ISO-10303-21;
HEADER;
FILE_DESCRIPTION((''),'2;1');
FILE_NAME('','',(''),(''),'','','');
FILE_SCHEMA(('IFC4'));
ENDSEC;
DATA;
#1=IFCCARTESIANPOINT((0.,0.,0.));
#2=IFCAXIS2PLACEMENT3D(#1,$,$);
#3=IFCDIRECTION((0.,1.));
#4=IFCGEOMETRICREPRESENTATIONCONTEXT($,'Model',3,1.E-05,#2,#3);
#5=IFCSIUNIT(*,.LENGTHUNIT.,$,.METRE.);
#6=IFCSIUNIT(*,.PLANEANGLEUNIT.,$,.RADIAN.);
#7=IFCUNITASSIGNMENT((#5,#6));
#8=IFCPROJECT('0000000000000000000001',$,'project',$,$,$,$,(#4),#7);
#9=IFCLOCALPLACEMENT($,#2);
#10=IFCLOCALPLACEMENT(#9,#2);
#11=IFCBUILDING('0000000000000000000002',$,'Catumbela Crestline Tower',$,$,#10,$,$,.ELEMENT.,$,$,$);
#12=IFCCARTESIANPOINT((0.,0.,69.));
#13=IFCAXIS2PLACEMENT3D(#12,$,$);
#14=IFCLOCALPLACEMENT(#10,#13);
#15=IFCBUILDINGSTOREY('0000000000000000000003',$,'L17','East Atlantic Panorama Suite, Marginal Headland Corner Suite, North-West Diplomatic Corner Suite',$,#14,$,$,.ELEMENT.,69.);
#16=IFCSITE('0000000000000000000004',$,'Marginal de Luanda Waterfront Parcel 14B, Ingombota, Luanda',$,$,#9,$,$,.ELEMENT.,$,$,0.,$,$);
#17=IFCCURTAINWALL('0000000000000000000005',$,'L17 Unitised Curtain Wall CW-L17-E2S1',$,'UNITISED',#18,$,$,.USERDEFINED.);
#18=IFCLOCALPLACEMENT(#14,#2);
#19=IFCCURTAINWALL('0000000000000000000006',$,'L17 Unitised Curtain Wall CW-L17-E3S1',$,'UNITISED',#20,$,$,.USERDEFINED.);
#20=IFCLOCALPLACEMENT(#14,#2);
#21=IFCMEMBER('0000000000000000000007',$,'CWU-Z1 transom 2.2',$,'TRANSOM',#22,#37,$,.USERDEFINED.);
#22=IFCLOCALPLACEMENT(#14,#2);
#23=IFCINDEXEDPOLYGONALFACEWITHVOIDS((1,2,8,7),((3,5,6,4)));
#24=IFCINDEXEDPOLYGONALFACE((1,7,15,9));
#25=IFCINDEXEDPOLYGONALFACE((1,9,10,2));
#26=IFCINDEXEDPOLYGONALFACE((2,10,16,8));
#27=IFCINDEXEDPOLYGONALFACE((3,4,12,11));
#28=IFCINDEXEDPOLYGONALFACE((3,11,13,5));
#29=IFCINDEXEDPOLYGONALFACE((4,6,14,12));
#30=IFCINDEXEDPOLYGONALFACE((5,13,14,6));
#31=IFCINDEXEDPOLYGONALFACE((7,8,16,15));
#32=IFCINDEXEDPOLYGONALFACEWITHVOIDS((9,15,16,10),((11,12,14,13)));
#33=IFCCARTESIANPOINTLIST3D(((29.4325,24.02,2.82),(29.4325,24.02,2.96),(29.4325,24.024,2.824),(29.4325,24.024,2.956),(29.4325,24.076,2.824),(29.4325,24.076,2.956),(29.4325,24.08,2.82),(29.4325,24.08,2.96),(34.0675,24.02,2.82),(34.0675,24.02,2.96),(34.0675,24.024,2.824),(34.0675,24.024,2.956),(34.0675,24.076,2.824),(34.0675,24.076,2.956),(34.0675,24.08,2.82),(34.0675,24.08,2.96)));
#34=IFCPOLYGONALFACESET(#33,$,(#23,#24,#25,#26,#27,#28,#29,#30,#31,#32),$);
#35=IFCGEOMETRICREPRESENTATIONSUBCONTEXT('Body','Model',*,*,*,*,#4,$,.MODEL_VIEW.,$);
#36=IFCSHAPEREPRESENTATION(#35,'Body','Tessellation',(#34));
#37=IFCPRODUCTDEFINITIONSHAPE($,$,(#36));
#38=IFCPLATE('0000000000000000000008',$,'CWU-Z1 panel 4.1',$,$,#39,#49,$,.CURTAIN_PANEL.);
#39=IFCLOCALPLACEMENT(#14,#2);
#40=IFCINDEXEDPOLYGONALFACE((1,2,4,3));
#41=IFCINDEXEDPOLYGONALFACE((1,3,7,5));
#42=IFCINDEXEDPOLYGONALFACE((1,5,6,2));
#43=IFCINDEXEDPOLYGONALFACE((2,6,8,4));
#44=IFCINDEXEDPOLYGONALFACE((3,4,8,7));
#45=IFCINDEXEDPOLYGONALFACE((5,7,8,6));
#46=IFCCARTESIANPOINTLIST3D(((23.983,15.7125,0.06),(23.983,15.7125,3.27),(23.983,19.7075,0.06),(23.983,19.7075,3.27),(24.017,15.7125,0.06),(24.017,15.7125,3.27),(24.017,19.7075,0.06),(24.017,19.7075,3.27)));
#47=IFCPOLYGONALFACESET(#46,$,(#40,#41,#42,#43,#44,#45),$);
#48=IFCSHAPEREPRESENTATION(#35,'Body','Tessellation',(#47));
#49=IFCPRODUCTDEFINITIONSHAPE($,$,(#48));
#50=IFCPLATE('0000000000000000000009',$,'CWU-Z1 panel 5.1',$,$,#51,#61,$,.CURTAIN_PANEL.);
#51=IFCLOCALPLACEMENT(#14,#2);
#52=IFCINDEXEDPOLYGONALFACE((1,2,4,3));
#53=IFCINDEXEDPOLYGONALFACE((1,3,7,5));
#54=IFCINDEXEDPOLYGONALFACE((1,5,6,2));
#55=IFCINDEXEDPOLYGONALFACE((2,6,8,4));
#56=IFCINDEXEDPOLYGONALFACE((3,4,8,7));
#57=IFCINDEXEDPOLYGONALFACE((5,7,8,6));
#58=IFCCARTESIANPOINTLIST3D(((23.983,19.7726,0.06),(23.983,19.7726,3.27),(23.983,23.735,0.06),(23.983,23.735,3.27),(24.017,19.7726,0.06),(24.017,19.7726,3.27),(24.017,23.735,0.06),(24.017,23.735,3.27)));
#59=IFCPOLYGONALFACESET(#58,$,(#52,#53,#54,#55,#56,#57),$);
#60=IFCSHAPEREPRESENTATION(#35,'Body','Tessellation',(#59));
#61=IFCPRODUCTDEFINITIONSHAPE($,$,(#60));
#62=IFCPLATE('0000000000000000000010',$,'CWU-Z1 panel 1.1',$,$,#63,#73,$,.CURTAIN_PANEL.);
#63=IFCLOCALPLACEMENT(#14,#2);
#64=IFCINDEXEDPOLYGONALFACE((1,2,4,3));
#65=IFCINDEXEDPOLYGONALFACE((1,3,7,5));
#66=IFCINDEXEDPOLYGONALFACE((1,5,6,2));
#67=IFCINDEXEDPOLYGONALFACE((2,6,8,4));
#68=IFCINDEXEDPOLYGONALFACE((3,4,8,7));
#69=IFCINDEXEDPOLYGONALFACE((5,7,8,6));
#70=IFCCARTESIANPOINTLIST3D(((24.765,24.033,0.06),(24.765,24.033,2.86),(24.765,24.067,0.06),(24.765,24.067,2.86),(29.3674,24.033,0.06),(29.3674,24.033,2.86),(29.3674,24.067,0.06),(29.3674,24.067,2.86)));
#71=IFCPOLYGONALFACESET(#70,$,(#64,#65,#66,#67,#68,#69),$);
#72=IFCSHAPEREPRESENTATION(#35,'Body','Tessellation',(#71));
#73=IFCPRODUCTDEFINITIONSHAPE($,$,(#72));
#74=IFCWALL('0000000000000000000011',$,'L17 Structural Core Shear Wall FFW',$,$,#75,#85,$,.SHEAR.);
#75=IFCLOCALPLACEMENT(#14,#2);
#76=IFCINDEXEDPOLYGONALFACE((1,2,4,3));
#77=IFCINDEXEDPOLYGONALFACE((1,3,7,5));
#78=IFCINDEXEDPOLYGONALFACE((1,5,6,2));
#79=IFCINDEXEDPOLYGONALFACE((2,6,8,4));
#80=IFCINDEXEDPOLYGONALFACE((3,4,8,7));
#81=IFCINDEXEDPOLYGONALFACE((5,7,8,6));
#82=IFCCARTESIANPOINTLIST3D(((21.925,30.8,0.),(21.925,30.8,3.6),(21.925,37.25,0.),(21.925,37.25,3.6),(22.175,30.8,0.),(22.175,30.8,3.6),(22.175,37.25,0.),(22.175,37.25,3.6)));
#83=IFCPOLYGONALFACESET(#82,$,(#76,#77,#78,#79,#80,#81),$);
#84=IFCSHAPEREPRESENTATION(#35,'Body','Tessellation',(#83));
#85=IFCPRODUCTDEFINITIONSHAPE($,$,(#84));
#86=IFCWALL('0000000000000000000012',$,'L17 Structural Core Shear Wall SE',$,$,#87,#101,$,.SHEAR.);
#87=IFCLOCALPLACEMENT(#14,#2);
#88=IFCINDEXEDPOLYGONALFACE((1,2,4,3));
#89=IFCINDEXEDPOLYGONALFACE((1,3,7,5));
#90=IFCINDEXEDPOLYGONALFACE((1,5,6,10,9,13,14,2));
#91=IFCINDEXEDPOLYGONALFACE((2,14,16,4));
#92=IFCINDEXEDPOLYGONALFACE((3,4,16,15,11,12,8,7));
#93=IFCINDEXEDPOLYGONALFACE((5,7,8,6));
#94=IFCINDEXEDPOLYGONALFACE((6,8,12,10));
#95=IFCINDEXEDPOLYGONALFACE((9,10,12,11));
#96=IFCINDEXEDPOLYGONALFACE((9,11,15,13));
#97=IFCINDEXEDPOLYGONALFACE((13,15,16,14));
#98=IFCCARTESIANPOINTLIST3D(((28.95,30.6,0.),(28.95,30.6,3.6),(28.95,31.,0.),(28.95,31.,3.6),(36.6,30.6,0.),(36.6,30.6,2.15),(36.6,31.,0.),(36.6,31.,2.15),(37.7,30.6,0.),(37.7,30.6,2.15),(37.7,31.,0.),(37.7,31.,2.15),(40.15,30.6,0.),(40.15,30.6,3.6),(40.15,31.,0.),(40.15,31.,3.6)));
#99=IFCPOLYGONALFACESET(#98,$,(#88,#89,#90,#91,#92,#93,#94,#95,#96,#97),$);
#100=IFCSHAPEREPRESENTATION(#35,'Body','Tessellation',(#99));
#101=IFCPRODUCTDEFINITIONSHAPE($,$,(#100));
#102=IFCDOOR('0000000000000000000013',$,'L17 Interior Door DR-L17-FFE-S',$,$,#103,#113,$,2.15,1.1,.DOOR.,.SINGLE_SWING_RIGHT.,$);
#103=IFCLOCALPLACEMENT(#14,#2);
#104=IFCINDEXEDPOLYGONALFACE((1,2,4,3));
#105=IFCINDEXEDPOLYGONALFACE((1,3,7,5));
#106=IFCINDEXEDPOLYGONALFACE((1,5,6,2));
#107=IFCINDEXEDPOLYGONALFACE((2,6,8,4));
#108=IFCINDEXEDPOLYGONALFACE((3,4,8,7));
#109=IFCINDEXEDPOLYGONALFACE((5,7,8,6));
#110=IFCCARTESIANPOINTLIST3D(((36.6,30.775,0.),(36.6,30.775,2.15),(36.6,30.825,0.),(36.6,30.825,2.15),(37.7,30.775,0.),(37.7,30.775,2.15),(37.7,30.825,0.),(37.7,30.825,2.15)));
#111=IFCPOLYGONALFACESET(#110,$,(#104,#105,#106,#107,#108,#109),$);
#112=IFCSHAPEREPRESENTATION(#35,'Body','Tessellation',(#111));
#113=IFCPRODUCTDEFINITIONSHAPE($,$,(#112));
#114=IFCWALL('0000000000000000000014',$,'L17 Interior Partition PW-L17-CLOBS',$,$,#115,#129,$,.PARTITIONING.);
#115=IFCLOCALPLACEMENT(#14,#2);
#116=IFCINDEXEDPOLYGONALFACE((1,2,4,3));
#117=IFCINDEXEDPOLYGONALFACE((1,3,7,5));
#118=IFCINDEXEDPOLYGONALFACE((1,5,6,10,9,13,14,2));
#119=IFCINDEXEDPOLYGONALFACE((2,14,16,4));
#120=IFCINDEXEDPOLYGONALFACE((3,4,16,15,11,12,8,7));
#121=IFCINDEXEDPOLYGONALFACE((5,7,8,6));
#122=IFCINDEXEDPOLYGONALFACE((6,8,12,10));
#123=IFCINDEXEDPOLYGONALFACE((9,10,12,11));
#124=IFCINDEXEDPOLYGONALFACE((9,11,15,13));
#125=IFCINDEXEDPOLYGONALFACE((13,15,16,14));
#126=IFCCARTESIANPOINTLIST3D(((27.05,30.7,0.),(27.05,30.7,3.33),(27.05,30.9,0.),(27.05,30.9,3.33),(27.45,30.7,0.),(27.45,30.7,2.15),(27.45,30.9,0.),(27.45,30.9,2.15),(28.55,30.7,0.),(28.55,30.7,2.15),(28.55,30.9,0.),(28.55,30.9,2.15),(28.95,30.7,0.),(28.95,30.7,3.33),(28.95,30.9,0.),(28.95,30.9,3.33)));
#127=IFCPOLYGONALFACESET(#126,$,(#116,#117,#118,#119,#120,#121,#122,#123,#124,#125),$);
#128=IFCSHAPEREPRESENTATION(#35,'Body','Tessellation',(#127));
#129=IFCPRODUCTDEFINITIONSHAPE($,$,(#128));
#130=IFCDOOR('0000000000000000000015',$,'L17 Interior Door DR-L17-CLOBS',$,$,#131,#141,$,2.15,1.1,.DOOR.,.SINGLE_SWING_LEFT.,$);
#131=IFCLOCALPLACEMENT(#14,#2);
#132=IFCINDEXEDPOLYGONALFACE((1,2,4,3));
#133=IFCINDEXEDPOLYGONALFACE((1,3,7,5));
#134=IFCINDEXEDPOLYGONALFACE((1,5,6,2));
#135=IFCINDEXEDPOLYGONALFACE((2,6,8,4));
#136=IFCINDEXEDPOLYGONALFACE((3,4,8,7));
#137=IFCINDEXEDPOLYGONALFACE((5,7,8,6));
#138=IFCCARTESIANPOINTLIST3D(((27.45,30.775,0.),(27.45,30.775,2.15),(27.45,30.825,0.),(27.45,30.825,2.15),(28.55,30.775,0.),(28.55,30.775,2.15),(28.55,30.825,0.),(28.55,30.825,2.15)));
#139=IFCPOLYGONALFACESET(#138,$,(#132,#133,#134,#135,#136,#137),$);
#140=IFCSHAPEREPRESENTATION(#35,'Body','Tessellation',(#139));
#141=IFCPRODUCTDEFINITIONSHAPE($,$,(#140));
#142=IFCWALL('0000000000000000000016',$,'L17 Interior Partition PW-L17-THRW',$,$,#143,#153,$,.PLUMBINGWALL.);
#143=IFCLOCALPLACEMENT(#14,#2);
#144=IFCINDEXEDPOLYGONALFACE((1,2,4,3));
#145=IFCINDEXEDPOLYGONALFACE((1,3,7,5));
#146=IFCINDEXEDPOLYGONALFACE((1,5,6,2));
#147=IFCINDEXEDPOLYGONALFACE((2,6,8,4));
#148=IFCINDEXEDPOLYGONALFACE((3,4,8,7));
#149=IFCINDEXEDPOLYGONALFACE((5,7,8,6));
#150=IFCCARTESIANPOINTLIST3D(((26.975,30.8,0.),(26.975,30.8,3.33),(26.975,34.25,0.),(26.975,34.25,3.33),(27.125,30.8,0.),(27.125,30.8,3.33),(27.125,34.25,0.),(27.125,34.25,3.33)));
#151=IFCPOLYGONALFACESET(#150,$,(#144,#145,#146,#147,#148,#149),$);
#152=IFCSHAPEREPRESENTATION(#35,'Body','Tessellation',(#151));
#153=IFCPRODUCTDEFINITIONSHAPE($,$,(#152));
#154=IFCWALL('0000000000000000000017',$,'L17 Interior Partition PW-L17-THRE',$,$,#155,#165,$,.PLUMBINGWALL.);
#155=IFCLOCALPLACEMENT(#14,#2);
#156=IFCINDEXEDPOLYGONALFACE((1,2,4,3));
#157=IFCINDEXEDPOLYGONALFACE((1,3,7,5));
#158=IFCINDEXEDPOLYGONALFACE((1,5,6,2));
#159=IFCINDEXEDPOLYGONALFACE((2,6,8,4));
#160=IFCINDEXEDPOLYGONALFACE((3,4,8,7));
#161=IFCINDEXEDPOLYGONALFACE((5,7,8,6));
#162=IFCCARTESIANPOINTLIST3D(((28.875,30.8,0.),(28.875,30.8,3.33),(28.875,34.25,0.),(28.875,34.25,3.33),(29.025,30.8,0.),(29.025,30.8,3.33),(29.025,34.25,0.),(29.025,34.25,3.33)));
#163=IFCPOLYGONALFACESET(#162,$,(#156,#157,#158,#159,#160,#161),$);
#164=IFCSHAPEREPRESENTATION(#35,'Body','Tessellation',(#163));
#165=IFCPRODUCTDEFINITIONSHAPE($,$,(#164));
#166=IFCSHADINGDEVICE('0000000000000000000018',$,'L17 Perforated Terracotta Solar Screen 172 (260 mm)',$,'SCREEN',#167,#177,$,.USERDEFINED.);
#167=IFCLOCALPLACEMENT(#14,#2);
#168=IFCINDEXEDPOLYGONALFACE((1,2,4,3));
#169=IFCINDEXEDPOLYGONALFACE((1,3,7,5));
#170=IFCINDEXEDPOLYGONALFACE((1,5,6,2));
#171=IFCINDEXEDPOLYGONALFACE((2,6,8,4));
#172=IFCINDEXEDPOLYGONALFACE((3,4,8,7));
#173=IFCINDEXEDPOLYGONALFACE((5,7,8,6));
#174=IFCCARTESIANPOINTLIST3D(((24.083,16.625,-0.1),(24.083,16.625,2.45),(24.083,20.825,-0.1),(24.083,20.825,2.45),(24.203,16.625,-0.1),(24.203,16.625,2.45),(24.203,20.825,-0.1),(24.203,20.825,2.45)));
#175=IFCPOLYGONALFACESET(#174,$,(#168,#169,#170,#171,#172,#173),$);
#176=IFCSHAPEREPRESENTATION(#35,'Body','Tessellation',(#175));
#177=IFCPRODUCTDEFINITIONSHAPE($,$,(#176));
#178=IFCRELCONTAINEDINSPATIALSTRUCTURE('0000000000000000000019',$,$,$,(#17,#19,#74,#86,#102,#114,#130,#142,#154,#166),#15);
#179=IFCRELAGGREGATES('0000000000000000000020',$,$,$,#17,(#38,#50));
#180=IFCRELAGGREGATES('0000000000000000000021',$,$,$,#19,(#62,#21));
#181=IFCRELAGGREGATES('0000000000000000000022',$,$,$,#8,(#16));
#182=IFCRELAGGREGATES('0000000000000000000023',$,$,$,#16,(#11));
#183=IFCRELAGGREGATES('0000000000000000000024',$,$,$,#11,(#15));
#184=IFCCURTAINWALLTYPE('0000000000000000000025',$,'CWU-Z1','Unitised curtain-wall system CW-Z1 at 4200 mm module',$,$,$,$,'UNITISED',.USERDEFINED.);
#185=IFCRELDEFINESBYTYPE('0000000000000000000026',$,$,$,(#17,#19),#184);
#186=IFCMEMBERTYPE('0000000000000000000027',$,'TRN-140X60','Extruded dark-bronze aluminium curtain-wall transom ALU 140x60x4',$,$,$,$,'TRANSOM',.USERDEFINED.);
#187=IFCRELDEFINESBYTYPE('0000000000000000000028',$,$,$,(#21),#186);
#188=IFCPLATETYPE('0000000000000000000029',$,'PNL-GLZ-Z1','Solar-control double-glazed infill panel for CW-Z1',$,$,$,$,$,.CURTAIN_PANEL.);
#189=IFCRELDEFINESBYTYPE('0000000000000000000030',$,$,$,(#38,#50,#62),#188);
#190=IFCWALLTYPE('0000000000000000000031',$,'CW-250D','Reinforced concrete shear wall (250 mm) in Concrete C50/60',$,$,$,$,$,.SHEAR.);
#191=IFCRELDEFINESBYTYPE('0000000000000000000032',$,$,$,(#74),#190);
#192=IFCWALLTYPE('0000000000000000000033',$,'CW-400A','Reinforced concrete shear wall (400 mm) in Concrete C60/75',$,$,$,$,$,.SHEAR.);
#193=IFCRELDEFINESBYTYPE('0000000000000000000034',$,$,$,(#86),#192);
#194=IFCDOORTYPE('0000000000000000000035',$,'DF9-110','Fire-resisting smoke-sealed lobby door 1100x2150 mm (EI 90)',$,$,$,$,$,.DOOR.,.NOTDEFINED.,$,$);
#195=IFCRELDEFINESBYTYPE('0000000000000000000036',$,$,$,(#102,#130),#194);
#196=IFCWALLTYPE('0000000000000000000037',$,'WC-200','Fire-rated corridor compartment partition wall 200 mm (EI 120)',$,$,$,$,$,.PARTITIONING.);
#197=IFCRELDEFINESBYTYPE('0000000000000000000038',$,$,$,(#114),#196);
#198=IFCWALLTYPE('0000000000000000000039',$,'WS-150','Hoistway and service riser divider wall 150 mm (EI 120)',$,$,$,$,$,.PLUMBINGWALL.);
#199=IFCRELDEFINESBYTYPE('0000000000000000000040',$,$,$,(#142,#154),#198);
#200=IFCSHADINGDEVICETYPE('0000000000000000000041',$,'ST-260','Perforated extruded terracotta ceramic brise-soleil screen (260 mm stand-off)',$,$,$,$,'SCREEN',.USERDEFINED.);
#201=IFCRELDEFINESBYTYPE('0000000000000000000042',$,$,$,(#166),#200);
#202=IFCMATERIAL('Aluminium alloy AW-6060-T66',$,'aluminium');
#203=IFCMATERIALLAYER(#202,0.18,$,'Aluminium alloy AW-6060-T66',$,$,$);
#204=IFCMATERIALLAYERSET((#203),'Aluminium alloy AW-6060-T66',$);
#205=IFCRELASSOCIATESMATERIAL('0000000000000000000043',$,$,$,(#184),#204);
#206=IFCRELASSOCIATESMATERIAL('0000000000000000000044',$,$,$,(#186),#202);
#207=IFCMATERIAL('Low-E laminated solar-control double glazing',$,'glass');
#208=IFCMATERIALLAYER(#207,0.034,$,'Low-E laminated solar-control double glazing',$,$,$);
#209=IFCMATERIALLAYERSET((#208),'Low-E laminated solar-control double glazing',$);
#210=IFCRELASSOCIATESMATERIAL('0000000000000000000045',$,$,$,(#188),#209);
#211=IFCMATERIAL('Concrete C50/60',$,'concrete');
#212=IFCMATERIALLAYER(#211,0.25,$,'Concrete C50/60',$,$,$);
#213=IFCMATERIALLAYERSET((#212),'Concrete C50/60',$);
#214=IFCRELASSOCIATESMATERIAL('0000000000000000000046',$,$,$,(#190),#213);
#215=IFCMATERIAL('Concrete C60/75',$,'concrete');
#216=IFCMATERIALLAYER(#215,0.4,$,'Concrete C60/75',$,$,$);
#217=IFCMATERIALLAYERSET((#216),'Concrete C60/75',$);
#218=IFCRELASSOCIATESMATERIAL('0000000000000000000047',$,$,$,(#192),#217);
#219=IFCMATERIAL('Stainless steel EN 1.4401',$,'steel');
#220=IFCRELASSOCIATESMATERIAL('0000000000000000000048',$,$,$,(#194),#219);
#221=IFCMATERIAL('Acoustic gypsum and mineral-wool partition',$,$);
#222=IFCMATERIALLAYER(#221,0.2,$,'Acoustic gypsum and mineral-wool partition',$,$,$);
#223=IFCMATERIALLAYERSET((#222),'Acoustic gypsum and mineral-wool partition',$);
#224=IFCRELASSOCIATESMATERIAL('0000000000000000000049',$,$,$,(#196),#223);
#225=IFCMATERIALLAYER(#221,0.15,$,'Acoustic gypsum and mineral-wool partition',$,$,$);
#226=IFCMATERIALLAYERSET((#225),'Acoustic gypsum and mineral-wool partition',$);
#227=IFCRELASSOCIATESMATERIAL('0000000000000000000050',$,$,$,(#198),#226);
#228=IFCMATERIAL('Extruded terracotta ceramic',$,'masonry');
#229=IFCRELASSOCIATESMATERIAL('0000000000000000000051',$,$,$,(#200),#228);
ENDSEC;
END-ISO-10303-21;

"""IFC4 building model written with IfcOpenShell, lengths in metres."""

from ifc_helpers import new_model, si_unit, direction, frame, frame_2d, origin, origin_2d, place, context, subcontext, project, spatial, rectangle, hollow_rectangle, extrude, material, layer, layer_set, material_profile, profile_set, type_object, element, fill, aggregate, save


model = new_model("IFC4")

# Units and contexts
model_context = context("Model", 3, precision=1e-05, world=origin(), true_north=direction((0.0, 1.0)))
body_context = subcontext(model_context, "Body", "Model", "MODEL_VIEW")
ifc_project = project(units=[si_unit("LENGTHUNIT", "METRE"), si_unit("PLANEANGLEUNIT", "RADIAN")], contexts=[model_context])

# Site, building, storey
site_placement = place(None, origin())
site = spatial("IfcSite", under=ifc_project, at=site_placement, Name="Marginal de Luanda Waterfront Parcel 14B, Ingombota, Luanda", CompositionType="ELEMENT", RefElevation=0.0)
building_placement = place(site_placement, origin())
building = spatial("IfcBuilding", under=site, at=building_placement, Name="Catumbela Crestline Tower", CompositionType="ELEMENT")
storey_placement = place(building_placement, frame((0.0, 0.0, 69.0)))
storey = spatial("IfcBuildingStorey", under=building, at=storey_placement, Name="L17", Description="East Atlantic Panorama Suite, Marginal Headland Corner Suite, North-West Diplomatic Corner Suite", CompositionType="ELEMENT", Elevation=69.0)

# Shared definitions
ifc_material_1 = material(Name="Concrete C60/75", Category="concrete")

# Curtain walls
ifc_material_2 = material(Name="Aluminium alloy AW-6060-T66", Category="aluminium")
ifc_layer_1 = layer(ifc_material_2, 0.18, Name="Aluminium alloy AW-6060-T66")
ifc_layer_set_1 = layer_set([ifc_layer_1], Name="Aluminium alloy AW-6060-T66")
curtain_wall_type = type_object("IfcCurtainWallType", Name="CWU-Z1", Description="Unitised curtain-wall system CW-Z1 at 4200 mm module", ElementType="UNITISED", PredefinedType="USERDEFINED", material=ifc_layer_set_1)
curtain_wall_1_placement = place(storey_placement, origin())
curtain_wall_1 = element("IfcCurtainWall", 1, at=curtain_wall_1_placement, inside=storey, type_object=curtain_wall_type, Name="L17 Unitised Curtain Wall CW-L17-E2S1", ObjectType="UNITISED", PredefinedType="USERDEFINED")
curtain_wall_2_placement = place(storey_placement, origin())
curtain_wall_2 = element("IfcCurtainWall", 2, at=curtain_wall_2_placement, inside=storey, type_object=curtain_wall_type, Name="L17 Unitised Curtain Wall CW-L17-E3S1", ObjectType="UNITISED", PredefinedType="USERDEFINED")

# Member
ifc_material_profile_1 = material_profile(ifc_material_2, hollow_rectangle(XDim=0.06, YDim=0.14, WallThickness=0.004, at=origin_2d()), Name="ALU 140x60x4")
ifc_profile_set_1 = profile_set([ifc_material_profile_1], Name="Aluminium alloy AW-6060-T66")
member_type_1 = type_object("IfcMemberType", Name="TRN-140X60", Description="Extruded dark-bronze aluminium curtain-wall transom ALU 140x60x4", ElementType="TRANSOM", PredefinedType="USERDEFINED", material=ifc_profile_set_1)
member_1_placement = place(storey_placement, frame((29.4325, 24.05, 2.89), z_axis=(1.0, 0.0, 0.0), x_axis=(0.0, 1.0, 0.0)))
member_1 = element("IfcMember", 3, at=member_1_placement, type_object=member_type_1, Name="CWU-Z1 transom 2.2", ObjectType="TRANSOM", PredefinedType="USERDEFINED", context=body_context, shape_type="SweptSolid", body=[
    extrude(hollow_rectangle(XDim=0.06, YDim=0.14, WallThickness=0.004, at=origin_2d()), origin(), (0.0, 0.0, 1.0), 4.635),
])

# Plates
ifc_material_3 = material(Name="Low-E laminated solar-control double glazing", Category="glass")
ifc_layer_2 = layer(ifc_material_3, 0.034, Name="Low-E laminated solar-control double glazing")
ifc_layer_set_2 = layer_set([ifc_layer_2], Name="Low-E laminated solar-control double glazing")
plate_type = type_object("IfcPlateType", Name="PNL-GLZ-Z1", Description="Solar-control double-glazed infill panel for CW-Z1", PredefinedType="CURTAIN_PANEL", material=ifc_layer_set_2)
plate_1_placement = place(storey_placement, frame((24.0, 17.71, 0.06), z_axis=(0.0, 0.0, 1.0), x_axis=(0.0, 1.0, 0.0)))
plate_1 = element("IfcPlate", 4, at=plate_1_placement, type_object=plate_type, Name="CWU-Z1 panel 4.1", PredefinedType="CURTAIN_PANEL", context=body_context, shape_type="SweptSolid", body=[
    extrude(rectangle(XDim=3.995, YDim=0.034, at=origin_2d()), origin(), (0.0, 0.0, 1.0), 3.21),
])
plate_2_placement = place(storey_placement, frame((24.0, 21.7538, 0.06), z_axis=(0.0, 0.0, 1.0), x_axis=(0.0, 1.0, 0.0)))
plate_2 = element("IfcPlate", 5, at=plate_2_placement, type_object=plate_type, Name="CWU-Z1 panel 5.1", PredefinedType="CURTAIN_PANEL", context=body_context, shape_type="SweptSolid", body=[
    extrude(rectangle(XDim=3.9625, YDim=0.034, at=origin_2d()), origin(), (0.0, 0.0, 1.0), 3.21),
])
aggregate(curtain_wall_1, [plate_1, plate_2])
plate_3_placement = place(storey_placement, frame((27.0662, 24.05, 0.06), z_axis=(0.0, 0.0, 1.0), x_axis=(1.0, 0.0, 0.0)))
plate_3 = element("IfcPlate", 6, at=plate_3_placement, type_object=plate_type, Name="CWU-Z1 panel 1.1", PredefinedType="CURTAIN_PANEL", context=body_context, shape_type="SweptSolid", body=[
    extrude(rectangle(XDim=4.6025, YDim=0.034, at=origin_2d()), origin(), (0.0, 0.0, 1.0), 2.8),
])
aggregate(curtain_wall_2, [plate_3, member_1])

# Wall
ifc_material_4 = material(Name="Concrete C50/60", Category="concrete")
ifc_layer_3 = layer(ifc_material_4, 0.25, Name="Concrete C50/60")
ifc_layer_set_3 = layer_set([ifc_layer_3], Name="Concrete C50/60")
wall_type_1 = type_object("IfcWallType", Name="CW-250D", Description="Reinforced concrete shear wall (250 mm) in Concrete C50/60", PredefinedType="SHEAR", material=ifc_layer_set_3)
wall_1_placement = place(storey_placement, frame((22.05, 30.8, 0.0), z_axis=(0.0, 0.0, 1.0), x_axis=(0.0, 1.0, 0.0)))
element("IfcWall", 7, at=wall_1_placement, inside=storey, type_object=wall_type_1, Name="L17 Structural Core Shear Wall FFW", PredefinedType="SHEAR", context=body_context, shape_type="SweptSolid", body=[
    extrude(rectangle(XDim=6.45, YDim=0.25, at=frame_2d((3.225, 0.0))), origin(), (0.0, 0.0, 1.0), 3.6),
])

# Walls, openings, doors
ifc_layer_4 = layer(ifc_material_1, 0.4, Name="Concrete C60/75")
ifc_layer_set_4 = layer_set([ifc_layer_4], Name="Concrete C60/75")
wall_type_2 = type_object("IfcWallType", Name="CW-400A", Description="Reinforced concrete shear wall (400 mm) in Concrete C60/75", PredefinedType="SHEAR", material=ifc_layer_set_4)
wall_2_placement = place(storey_placement, frame((28.95, 30.8, 0.0), z_axis=(0.0, 0.0, 1.0), x_axis=(1.0, 0.0, 0.0)))
wall_2 = element("IfcWall", 8, at=wall_2_placement, inside=storey, type_object=wall_type_2, Name="L17 Structural Core Shear Wall SE", PredefinedType="SHEAR", context=body_context, shape_type="SweptSolid", body=[
    extrude(rectangle(XDim=11.2, YDim=0.4, at=frame_2d((5.6, 0.0))), origin(), (0.0, 0.0, 1.0), 3.6),
])
opening_1_placement = place(wall_2_placement, frame((7.65, 0.0, 0.0)))
opening_1 = element("IfcOpeningElement", 9, at=opening_1_placement, cuts=wall_2, PredefinedType="OPENING", context=body_context, shape_type="SweptSolid", body=[
    extrude(rectangle(XDim=1.1, YDim=2.15, at=frame_2d((0.55, 1.075))), frame((0.0, 0.21, 0.0), z_axis=(0.0, -1.0, 0.0), x_axis=(1.0, 0.0, 0.0)), (0.0, 0.0, 1.0), 0.42),
])
ifc_material_5 = material(Name="Stainless steel EN 1.4401", Category="steel")
door_type = type_object("IfcDoorType", Name="DF9-110", Description="Fire-resisting smoke-sealed lobby door 1100x2150 mm (EI 90)", OperationType="NOTDEFINED", PredefinedType="DOOR", material=ifc_material_5)
door_1_placement = place(opening_1_placement, origin())
door_1 = element("IfcDoor", 10, at=door_1_placement, inside=storey, type_object=door_type, Name="L17 Interior Door DR-L17-FFE-S", OperationType="SINGLE_SWING_RIGHT", OverallHeight=2.15, OverallWidth=1.1, PredefinedType="DOOR", context=body_context, shape_type="SweptSolid", body=[
    extrude(rectangle(XDim=1.1, YDim=2.15, at=frame_2d((0.55, 1.075))), frame((0.0, 0.025, 0.0), z_axis=(0.0, -1.0, 0.0), x_axis=(1.0, 0.0, 0.0)), (0.0, 0.0, 1.0), 0.05),
])
fill(opening_1, door_1)
ifc_material_6 = material(Name="Acoustic gypsum and mineral-wool partition")
ifc_layer_5 = layer(ifc_material_6, 0.2, Name="Acoustic gypsum and mineral-wool partition")
ifc_layer_set_5 = layer_set([ifc_layer_5], Name="Acoustic gypsum and mineral-wool partition")
wall_type_3 = type_object("IfcWallType", Name="WC-200", Description="Fire-rated corridor compartment partition wall 200 mm (EI 120)", PredefinedType="PARTITIONING", material=ifc_layer_set_5)
wall_3_placement = place(storey_placement, frame((27.05, 30.8, 0.0), z_axis=(0.0, 0.0, 1.0), x_axis=(1.0, 0.0, 0.0)))
wall_3 = element("IfcWall", 11, at=wall_3_placement, inside=storey, type_object=wall_type_3, Name="L17 Interior Partition PW-L17-CLOBS", PredefinedType="PARTITIONING", context=body_context, shape_type="SweptSolid", body=[
    extrude(rectangle(XDim=1.9, YDim=0.2, at=frame_2d((0.95, 0.0))), origin(), (0.0, 0.0, 1.0), 3.33),
])
opening_2_placement = place(wall_3_placement, frame((0.4, 0.0, 0.0)))
opening_2 = element("IfcOpeningElement", 12, at=opening_2_placement, cuts=wall_3, PredefinedType="OPENING", context=body_context, shape_type="SweptSolid", body=[
    extrude(rectangle(XDim=1.1, YDim=2.15, at=frame_2d((0.55, 1.075))), frame((0.0, 0.11, 0.0), z_axis=(0.0, -1.0, 0.0), x_axis=(1.0, 0.0, 0.0)), (0.0, 0.0, 1.0), 0.22),
])
door_2_placement = place(opening_2_placement, origin())
door_2 = element("IfcDoor", 13, at=door_2_placement, inside=storey, type_object=door_type, Name="L17 Interior Door DR-L17-CLOBS", OperationType="SINGLE_SWING_LEFT", OverallHeight=2.15, OverallWidth=1.1, PredefinedType="DOOR", context=body_context, shape_type="SweptSolid", body=[
    extrude(rectangle(XDim=1.1, YDim=2.15, at=frame_2d((0.55, 1.075))), frame((0.0, 0.025, 0.0), z_axis=(0.0, -1.0, 0.0), x_axis=(1.0, 0.0, 0.0)), (0.0, 0.0, 1.0), 0.05),
])
fill(opening_2, door_2)

# Walls
ifc_layer_6 = layer(ifc_material_6, 0.15, Name="Acoustic gypsum and mineral-wool partition")
ifc_layer_set_6 = layer_set([ifc_layer_6], Name="Acoustic gypsum and mineral-wool partition")
wall_type_4 = type_object("IfcWallType", Name="WS-150", Description="Hoistway and service riser divider wall 150 mm (EI 120)", PredefinedType="PLUMBINGWALL", material=ifc_layer_set_6)
for number, where, z_axis, x_axis, name in (
    (14, (27.05, 30.8, 0.0), (0.0, 0.0, 1.0), (0.0, 1.0, 0.0), "L17 Interior Partition PW-L17-THRW"),
    (15, (28.95, 30.8, 0.0), (0.0, 0.0, 1.0), (0.0, 1.0, 0.0), "L17 Interior Partition PW-L17-THRE"),
):
    element("IfcWall", number, at=place(storey_placement, frame(where, z_axis=z_axis, x_axis=x_axis)), inside=storey, type_object=wall_type_4, Name=name, PredefinedType="PLUMBINGWALL", context=body_context, shape_type="SweptSolid", body=[
        extrude(rectangle(XDim=3.45, YDim=0.15, at=frame_2d((1.725, 0.0))), origin(), (0.0, 0.0, 1.0), 3.33),
    ])

# Shading device
ifc_material_7 = material(Name="Extruded terracotta ceramic", Category="masonry")
shading_device_type = type_object("IfcShadingDeviceType", Name="ST-260", Description="Perforated extruded terracotta ceramic brise-soleil screen (260 mm stand-off)", ElementType="SCREEN", PredefinedType="USERDEFINED", material=ifc_material_7)
for number, where, z_axis, x_axis, name in (
    (16, (24.143, 18.725, -0.1), (0.0, 0.0, 1.0), (0.0, 1.0, 0.0), "L17 Perforated Terracotta Solar Screen 172 (260 mm)"),
):
    element("IfcShadingDevice", number, at=place(storey_placement, frame(where, z_axis=z_axis, x_axis=x_axis)), inside=storey, type_object=shading_device_type, Name=name, ObjectType="SCREEN", PredefinedType="USERDEFINED", context=body_context, shape_type="SweptSolid", body=[
        extrude(rectangle(XDim=4.2, YDim=0.12, at=origin_2d()), origin(), (0.0, 0.0, 1.0), 2.55),
    ])

save(model, "model.ifc")
